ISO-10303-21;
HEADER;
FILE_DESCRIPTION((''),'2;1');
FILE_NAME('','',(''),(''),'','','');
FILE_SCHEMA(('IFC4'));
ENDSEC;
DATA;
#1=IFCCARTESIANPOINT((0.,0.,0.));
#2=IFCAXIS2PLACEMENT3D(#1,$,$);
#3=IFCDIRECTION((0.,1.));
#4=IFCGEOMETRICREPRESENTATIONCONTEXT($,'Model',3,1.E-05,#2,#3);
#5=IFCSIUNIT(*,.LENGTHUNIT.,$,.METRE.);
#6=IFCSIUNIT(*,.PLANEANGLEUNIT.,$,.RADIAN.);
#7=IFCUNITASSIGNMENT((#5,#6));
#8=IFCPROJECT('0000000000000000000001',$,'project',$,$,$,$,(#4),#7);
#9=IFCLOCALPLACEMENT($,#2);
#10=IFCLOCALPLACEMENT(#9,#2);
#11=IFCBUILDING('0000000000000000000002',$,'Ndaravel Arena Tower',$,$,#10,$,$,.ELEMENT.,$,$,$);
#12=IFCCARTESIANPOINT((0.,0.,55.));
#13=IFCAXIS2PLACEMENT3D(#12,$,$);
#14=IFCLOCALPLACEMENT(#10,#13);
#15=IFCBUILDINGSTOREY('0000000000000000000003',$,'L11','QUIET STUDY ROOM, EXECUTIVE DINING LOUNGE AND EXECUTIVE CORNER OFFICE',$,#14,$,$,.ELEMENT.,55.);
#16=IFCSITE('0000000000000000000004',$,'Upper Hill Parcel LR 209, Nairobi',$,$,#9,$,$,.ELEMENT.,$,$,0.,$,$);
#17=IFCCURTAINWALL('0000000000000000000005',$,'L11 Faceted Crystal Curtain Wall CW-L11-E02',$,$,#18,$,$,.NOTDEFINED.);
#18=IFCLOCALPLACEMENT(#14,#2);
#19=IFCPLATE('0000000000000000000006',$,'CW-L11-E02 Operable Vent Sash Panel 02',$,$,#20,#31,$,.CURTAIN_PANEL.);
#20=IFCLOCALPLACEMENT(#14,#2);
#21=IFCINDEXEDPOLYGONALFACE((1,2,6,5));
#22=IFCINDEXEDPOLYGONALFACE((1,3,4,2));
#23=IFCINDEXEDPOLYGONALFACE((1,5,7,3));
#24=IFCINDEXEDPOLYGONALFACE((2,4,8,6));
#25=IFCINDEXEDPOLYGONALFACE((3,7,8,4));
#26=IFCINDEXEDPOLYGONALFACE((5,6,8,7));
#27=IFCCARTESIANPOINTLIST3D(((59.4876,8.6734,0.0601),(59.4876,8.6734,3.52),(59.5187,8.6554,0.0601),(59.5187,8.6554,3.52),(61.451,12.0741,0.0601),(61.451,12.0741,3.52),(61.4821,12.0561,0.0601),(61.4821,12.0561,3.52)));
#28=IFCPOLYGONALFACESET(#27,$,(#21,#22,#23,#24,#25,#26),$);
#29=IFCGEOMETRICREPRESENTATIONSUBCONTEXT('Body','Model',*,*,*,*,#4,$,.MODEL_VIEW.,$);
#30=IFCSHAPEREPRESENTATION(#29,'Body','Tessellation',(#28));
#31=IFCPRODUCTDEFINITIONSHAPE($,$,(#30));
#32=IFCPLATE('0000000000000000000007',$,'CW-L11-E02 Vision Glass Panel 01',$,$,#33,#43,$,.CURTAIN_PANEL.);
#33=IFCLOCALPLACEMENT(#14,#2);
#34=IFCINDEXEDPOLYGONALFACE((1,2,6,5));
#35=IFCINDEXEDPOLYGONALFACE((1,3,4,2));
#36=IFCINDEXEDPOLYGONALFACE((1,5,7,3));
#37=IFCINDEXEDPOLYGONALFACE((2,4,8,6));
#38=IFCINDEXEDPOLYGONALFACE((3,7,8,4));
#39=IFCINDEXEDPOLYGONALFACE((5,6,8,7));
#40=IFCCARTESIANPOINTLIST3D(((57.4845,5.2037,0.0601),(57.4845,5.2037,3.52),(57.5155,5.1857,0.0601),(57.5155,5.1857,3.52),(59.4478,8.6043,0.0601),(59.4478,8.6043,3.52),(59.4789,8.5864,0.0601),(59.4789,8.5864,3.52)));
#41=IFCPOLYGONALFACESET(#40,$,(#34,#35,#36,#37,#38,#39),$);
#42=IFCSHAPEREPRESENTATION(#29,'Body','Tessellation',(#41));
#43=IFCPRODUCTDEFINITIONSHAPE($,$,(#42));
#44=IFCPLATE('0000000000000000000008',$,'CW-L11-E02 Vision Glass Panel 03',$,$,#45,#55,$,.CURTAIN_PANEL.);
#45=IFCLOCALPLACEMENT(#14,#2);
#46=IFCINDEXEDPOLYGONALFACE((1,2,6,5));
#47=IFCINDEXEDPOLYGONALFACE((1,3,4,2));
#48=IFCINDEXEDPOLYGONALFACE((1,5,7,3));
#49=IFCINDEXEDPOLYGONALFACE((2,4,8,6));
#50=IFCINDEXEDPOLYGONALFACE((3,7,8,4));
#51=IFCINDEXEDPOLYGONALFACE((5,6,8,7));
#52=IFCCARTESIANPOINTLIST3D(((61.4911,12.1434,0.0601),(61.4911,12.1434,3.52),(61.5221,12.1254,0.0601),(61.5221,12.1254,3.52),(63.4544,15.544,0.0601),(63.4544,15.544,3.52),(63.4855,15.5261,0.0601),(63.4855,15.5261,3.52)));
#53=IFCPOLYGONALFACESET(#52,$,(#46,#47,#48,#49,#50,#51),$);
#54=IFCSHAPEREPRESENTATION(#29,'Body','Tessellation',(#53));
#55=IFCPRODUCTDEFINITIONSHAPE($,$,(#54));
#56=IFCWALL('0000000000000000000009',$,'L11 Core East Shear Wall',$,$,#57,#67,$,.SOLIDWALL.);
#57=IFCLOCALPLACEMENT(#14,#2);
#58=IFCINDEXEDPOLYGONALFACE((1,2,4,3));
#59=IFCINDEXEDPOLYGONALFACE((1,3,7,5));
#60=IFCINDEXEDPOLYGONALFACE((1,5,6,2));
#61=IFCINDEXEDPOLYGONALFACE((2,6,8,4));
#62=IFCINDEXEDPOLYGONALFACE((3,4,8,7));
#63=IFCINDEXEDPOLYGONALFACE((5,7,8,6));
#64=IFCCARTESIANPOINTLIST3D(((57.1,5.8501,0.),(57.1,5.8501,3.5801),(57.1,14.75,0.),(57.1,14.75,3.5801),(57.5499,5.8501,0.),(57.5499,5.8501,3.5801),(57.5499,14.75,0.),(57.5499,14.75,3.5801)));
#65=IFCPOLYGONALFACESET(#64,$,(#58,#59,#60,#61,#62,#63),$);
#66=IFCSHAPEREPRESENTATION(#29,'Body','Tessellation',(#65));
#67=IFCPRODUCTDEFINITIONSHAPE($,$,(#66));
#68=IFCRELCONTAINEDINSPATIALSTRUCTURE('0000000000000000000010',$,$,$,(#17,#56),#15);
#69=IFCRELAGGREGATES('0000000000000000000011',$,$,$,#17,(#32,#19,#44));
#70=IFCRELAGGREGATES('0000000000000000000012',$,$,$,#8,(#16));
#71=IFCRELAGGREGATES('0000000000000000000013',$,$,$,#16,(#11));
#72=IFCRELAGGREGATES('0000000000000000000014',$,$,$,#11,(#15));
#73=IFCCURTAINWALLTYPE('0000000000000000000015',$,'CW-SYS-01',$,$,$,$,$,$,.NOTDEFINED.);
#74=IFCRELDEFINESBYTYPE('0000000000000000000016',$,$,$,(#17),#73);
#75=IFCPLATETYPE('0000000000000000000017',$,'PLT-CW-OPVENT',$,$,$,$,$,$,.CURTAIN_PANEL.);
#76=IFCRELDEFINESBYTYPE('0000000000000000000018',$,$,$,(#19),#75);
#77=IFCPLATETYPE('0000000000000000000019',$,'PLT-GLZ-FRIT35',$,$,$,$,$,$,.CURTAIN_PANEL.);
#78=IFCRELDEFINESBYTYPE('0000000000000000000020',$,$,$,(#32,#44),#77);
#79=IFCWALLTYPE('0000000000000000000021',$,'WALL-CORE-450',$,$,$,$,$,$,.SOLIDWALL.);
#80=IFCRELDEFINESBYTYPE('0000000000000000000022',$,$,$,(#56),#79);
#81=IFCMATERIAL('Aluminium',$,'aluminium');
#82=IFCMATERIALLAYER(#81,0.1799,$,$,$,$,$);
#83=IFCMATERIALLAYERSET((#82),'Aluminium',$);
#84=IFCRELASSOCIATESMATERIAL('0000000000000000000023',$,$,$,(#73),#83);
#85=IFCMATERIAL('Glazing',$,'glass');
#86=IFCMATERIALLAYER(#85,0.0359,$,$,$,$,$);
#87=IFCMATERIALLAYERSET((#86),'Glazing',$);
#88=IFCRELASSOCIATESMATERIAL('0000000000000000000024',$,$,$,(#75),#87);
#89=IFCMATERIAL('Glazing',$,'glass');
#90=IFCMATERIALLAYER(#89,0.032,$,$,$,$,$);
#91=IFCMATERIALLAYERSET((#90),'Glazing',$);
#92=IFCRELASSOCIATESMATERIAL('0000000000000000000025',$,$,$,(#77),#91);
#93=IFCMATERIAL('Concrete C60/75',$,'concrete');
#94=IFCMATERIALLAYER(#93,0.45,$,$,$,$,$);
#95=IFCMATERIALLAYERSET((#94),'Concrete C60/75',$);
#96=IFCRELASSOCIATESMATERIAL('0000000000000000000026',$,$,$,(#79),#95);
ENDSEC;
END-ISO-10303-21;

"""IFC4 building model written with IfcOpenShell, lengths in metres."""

from ifc_helpers import new_model, si_unit, direction, frame, frame_2d, origin, origin_2d, place, context, subcontext, project, spatial, rectangle, extrude, material, layer, layer_set, type_object, element, aggregate, save


model = new_model("IFC4")

# Units and contexts
model_context = context("Model", 3, precision=1e-05, world=origin(), true_north=direction((0.0, 1.0)))
body_context = subcontext(model_context, "Body", "Model", "MODEL_VIEW")
ifc_project = project(units=[si_unit("LENGTHUNIT", "METRE"), si_unit("PLANEANGLEUNIT", "RADIAN")], contexts=[model_context])

# Site, building, storey
site_placement = place(None, origin())
site = spatial("IfcSite", under=ifc_project, at=site_placement, Name="Upper Hill Parcel LR 209, Nairobi", CompositionType="ELEMENT", RefElevation=0.0)
building_placement = place(site_placement, origin())
building = spatial("IfcBuilding", under=site, at=building_placement, Name="Ndaravel Arena Tower", CompositionType="ELEMENT")
storey_placement = place(building_placement, frame((0.0, 0.0, 55.0)))
storey = spatial("IfcBuildingStorey", under=building, at=storey_placement, Name="L11", Description="QUIET STUDY ROOM, EXECUTIVE DINING LOUNGE AND EXECUTIVE CORNER OFFICE", CompositionType="ELEMENT", Elevation=55.0)

# Curtain wall, plates
ifc_material_1 = material(Name="Aluminium", Category="aluminium")
ifc_layer_1 = layer(ifc_material_1, 0.1799)
ifc_layer_set_1 = layer_set([ifc_layer_1], Name="Aluminium")
curtain_wall_type = type_object("IfcCurtainWallType", Name="CW-SYS-01", PredefinedType="NOTDEFINED", material=ifc_layer_set_1)
curtain_wall_placement = place(storey_placement, origin())
curtain_wall = element("IfcCurtainWall", 1, at=curtain_wall_placement, inside=storey, type_object=curtain_wall_type, Name="L11 Faceted Crystal Curtain Wall CW-L11-E02", PredefinedType="NOTDEFINED")
ifc_material_2 = material(Name="Glazing", Category="glass")
ifc_layer_2 = layer(ifc_material_2, 0.0359)
ifc_layer_set_2 = layer_set([ifc_layer_2], Name="Glazing")
plate_type_1 = type_object("IfcPlateType", Name="PLT-CW-OPVENT", PredefinedType="CURTAIN_PANEL", material=ifc_layer_set_2)
plate_1_placement = place(storey_placement, frame((60.4849, 10.3647, 0.0601), z_axis=(0.0, 0.0, 1.0), x_axis=(0.5, 0.866025, 0.0)))
plate_1 = element("IfcPlate", 2, at=plate_1_placement, type_object=plate_type_1, Name="CW-L11-E02 Operable Vent Sash Panel 02", PredefinedType="CURTAIN_PANEL", context=body_context, shape_type="SweptSolid", body=[
    extrude(rectangle(XDim=3.9268, YDim=0.0359, at=origin_2d()), origin(), (0.0, 0.0, 1.0), 3.46),
])
ifc_material_3 = material(Name="Glazing", Category="glass")
ifc_layer_3 = layer(ifc_material_3, 0.032)
ifc_layer_set_3 = layer_set([ifc_layer_3], Name="Glazing")
plate_type_2 = type_object("IfcPlateType", Name="PLT-GLZ-FRIT35", PredefinedType="CURTAIN_PANEL", material=ifc_layer_set_3)
plate_2_placement = place(storey_placement, frame((58.4817, 6.895, 0.0601), z_axis=(0.0, 0.0, 1.0), x_axis=(0.5, 0.866025, 0.0)))
plate_2 = element("IfcPlate", 3, at=plate_2_placement, type_object=plate_type_2, Name="CW-L11-E02 Vision Glass Panel 01", PredefinedType="CURTAIN_PANEL", context=body_context, shape_type="SweptSolid", body=[
    extrude(rectangle(XDim=3.9268, YDim=0.0359, at=origin_2d()), origin(), (0.0, 0.0, 1.0), 3.46),
])
plate_3_placement = place(storey_placement, frame((62.4883, 13.8347, 0.0601), z_axis=(0.0, 0.0, 1.0), x_axis=(0.5, 0.866025, 0.0)))
plate_3 = element("IfcPlate", 4, at=plate_3_placement, type_object=plate_type_2, Name="CW-L11-E02 Vision Glass Panel 03", PredefinedType="CURTAIN_PANEL", context=body_context, shape_type="SweptSolid", body=[
    extrude(rectangle(XDim=3.9268, YDim=0.0359, at=origin_2d()), origin(), (0.0, 0.0, 1.0), 3.46),
])
aggregate(curtain_wall, [plate_2, plate_1, plate_3])

# Wall
ifc_material_4 = material(Name="Concrete C60/75", Category="concrete")
ifc_layer_4 = layer(ifc_material_4, 0.45)
ifc_layer_set_4 = layer_set([ifc_layer_4], Name="Concrete C60/75")
wall_type = type_object("IfcWallType", Name="WALL-CORE-450", PredefinedType="SOLIDWALL", material=ifc_layer_set_4)
wall_placement = place(storey_placement, frame((57.325, 5.8501, 0.0), z_axis=(0.0, 0.0, 1.0), x_axis=(0.0, 1.0, 0.0)))
element("IfcWall", 5, at=wall_placement, inside=storey, type_object=wall_type, Name="L11 Core East Shear Wall", PredefinedType="SOLIDWALL", context=body_context, shape_type="SweptSolid", body=[
    extrude(rectangle(XDim=8.8999, YDim=0.45, at=frame_2d((4.45, 0.0))), origin(), (0.0, 0.0, 1.0), 3.5801),
])

save(model, "model.ifc")
